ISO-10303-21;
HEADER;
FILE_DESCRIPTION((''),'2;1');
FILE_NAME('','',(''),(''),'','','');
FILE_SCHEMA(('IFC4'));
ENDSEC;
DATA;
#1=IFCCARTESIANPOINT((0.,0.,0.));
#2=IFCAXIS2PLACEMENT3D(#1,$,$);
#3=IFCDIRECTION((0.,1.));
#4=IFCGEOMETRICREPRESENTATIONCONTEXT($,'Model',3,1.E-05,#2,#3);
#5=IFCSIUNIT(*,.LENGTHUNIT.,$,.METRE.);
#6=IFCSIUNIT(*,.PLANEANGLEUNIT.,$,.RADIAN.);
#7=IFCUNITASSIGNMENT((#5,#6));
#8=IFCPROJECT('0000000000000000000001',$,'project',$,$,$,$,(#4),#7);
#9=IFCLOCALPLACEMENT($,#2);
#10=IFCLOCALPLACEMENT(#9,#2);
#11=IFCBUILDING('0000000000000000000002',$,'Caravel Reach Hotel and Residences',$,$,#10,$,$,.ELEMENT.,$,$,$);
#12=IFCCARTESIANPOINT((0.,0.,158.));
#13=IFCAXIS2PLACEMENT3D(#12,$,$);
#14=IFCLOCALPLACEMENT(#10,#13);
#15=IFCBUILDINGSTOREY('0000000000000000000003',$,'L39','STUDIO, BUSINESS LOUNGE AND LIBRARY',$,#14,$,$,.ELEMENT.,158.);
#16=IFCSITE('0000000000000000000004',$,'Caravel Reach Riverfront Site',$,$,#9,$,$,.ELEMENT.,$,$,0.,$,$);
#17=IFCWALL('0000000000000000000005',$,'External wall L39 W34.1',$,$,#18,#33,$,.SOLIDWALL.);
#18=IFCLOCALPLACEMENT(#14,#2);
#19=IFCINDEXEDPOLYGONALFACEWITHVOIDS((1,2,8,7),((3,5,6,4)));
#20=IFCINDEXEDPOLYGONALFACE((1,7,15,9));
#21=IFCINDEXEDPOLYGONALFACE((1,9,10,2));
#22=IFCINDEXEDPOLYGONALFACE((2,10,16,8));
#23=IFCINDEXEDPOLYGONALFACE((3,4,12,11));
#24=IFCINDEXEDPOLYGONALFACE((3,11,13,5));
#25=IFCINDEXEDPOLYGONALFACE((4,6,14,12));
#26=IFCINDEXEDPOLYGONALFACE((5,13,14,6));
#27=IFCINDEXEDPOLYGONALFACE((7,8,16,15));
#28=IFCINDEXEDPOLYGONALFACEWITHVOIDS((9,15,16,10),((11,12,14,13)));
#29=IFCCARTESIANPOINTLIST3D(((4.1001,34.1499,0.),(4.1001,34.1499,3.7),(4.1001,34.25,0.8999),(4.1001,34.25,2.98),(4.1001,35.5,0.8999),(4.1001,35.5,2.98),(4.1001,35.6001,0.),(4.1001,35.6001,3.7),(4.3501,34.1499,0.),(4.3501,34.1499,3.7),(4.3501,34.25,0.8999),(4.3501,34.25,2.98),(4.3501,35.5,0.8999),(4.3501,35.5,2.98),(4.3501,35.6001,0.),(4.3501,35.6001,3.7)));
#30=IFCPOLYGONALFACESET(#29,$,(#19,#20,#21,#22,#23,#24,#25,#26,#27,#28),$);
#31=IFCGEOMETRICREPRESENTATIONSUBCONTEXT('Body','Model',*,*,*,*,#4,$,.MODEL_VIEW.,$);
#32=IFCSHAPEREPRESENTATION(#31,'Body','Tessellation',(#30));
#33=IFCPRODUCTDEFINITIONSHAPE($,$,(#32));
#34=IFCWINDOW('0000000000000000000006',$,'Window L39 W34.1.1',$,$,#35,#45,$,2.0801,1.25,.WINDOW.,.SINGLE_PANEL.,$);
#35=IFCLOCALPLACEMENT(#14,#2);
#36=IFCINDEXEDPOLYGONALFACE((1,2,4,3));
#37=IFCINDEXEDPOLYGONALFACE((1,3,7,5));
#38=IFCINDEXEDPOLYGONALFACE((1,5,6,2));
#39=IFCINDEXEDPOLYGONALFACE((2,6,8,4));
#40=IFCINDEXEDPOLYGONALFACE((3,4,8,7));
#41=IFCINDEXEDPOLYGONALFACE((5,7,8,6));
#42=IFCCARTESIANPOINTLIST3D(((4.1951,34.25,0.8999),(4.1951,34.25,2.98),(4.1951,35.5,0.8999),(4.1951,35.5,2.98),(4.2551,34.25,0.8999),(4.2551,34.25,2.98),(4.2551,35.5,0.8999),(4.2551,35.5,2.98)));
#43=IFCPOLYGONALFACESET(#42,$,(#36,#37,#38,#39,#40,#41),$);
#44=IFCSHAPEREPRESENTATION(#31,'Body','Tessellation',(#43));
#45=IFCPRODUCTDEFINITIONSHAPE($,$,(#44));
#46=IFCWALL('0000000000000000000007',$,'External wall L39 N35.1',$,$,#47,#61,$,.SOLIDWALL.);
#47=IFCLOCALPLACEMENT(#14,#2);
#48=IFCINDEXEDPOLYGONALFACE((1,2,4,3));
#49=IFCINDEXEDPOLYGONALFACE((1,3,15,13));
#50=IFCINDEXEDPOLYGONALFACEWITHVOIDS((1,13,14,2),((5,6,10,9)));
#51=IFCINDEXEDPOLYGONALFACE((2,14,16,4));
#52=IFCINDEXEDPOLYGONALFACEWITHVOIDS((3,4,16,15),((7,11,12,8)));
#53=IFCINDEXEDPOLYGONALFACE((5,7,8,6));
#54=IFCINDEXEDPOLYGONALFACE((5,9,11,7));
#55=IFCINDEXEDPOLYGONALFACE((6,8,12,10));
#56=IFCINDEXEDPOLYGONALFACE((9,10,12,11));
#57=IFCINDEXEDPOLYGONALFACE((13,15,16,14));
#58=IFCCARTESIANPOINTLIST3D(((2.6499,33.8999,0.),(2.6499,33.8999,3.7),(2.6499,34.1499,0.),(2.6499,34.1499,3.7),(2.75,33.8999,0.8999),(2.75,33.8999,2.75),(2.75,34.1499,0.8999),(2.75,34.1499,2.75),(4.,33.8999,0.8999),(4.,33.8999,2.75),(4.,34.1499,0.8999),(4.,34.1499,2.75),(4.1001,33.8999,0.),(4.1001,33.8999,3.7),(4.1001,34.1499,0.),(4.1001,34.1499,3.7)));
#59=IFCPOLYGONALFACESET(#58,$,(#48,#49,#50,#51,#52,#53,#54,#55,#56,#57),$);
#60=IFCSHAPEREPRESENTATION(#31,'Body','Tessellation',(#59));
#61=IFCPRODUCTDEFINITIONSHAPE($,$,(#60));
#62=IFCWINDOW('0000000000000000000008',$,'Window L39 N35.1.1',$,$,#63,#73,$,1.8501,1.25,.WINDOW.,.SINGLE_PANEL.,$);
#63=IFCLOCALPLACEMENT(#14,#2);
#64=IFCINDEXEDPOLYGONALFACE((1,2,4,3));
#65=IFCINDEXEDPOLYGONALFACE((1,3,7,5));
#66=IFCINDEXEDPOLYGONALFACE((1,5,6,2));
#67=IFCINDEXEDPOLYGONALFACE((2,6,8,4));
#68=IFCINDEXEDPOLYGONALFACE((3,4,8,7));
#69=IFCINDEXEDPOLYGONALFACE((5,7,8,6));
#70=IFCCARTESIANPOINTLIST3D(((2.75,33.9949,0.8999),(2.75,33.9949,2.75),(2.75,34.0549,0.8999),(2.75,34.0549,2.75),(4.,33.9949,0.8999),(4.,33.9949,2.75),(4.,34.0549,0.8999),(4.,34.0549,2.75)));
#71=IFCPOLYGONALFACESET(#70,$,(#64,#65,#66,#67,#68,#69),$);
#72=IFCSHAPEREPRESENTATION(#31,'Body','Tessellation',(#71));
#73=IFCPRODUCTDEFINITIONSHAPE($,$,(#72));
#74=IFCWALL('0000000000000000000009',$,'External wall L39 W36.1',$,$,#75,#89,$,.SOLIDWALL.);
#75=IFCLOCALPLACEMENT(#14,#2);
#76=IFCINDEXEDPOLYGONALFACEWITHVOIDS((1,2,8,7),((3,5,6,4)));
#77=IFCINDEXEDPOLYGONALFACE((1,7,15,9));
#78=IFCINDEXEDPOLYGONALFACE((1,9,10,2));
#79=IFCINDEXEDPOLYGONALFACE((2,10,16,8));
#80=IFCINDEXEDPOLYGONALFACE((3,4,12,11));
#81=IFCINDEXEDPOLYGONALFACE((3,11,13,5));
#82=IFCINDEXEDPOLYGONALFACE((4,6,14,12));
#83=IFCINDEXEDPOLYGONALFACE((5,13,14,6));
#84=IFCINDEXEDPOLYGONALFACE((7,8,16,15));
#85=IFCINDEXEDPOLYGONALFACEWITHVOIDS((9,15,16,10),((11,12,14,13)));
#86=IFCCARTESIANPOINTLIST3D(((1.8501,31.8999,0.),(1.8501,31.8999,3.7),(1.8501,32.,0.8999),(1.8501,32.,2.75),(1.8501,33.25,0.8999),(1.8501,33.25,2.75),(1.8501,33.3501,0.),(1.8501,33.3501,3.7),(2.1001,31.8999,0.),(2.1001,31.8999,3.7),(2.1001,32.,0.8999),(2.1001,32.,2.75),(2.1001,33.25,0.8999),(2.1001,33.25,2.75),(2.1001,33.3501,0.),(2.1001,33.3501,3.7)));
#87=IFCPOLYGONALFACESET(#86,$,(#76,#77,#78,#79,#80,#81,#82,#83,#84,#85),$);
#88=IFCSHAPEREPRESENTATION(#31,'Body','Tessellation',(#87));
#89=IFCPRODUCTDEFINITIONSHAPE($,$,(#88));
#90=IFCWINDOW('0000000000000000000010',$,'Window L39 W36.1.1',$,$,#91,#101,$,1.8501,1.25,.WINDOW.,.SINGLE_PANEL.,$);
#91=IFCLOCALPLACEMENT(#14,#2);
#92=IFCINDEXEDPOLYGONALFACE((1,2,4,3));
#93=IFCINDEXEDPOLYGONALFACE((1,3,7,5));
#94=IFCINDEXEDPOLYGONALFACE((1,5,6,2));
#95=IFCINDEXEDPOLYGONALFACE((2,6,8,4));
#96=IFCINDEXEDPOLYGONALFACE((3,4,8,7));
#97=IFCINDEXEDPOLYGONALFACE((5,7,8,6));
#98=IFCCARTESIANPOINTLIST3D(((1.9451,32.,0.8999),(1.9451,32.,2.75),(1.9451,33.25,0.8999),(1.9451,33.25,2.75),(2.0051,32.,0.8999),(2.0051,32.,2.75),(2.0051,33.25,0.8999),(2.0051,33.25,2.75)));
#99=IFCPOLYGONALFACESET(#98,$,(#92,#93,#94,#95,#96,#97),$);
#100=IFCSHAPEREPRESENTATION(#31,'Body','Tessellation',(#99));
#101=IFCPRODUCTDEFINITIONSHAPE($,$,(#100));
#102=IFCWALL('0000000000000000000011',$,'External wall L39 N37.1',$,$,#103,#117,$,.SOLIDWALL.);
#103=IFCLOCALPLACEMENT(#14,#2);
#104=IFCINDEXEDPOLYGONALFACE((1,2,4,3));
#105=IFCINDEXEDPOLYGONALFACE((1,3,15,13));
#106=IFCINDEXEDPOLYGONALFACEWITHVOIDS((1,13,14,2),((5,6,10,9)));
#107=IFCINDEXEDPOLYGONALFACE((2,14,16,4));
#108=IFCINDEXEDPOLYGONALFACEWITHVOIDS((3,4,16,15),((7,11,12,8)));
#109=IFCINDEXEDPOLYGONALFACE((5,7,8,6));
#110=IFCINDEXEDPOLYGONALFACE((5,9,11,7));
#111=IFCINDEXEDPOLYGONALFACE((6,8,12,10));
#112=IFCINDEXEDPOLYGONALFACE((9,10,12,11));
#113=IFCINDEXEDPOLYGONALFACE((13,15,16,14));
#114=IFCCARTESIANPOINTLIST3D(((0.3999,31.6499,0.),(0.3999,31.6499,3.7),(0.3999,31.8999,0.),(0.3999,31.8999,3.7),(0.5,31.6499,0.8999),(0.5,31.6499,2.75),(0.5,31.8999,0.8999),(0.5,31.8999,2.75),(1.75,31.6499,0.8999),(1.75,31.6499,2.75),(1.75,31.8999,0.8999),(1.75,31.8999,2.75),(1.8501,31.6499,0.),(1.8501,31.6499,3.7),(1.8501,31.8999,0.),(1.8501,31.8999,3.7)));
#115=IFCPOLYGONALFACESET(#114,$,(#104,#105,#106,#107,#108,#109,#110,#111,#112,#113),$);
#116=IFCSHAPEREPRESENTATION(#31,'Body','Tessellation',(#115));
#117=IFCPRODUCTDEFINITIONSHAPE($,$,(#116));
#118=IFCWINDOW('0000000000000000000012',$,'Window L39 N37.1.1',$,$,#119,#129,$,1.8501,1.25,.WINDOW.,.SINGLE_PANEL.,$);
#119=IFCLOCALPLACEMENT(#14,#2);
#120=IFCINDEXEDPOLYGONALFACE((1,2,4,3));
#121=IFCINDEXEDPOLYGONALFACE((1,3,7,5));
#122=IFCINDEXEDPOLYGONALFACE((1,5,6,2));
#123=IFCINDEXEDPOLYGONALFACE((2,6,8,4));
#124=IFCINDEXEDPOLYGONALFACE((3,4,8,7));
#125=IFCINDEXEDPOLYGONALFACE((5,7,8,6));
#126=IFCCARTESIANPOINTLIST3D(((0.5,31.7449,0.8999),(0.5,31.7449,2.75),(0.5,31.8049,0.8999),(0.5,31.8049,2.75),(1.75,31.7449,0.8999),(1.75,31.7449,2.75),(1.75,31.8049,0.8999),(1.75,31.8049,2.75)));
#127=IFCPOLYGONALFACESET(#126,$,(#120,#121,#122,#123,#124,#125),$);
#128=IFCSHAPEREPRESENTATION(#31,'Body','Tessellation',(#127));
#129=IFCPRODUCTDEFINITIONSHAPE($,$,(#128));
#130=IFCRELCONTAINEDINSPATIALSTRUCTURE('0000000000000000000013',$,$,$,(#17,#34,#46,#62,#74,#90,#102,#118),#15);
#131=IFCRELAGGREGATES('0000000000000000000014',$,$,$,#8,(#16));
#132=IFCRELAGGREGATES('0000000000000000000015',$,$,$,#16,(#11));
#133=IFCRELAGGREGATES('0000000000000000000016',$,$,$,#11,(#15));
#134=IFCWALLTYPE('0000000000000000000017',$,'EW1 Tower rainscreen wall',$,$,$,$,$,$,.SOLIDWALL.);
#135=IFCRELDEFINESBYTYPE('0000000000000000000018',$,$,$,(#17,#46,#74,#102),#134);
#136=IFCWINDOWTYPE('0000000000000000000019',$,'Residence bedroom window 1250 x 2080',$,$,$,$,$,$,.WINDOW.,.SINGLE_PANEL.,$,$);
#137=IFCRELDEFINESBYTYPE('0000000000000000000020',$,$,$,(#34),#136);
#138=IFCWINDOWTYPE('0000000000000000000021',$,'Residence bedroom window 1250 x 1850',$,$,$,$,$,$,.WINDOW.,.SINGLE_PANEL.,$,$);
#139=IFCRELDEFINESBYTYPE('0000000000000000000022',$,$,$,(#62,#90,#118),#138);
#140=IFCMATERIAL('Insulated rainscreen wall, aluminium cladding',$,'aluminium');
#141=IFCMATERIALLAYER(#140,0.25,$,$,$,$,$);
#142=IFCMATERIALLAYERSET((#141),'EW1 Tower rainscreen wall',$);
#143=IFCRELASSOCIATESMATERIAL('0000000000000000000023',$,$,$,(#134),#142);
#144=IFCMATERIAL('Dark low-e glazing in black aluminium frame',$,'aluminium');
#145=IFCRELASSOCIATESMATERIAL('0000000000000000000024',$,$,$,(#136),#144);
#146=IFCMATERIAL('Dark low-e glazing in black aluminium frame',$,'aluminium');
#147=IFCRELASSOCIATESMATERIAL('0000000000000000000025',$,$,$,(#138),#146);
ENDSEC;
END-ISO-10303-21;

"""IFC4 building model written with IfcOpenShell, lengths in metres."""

from ifc_helpers import new_model, si_unit, direction, frame, frame_2d, origin, place, context, subcontext, project, spatial, rectangle, extrude, material, layer, layer_set, type_object, element, fill, save


model = new_model("IFC4")

# Units and contexts
model_context = context("Model", 3, precision=1e-05, world=origin(), true_north=direction((0.0, 1.0)))
body_context = subcontext(model_context, "Body", "Model", "MODEL_VIEW")
ifc_project = project(units=[si_unit("LENGTHUNIT", "METRE"), si_unit("PLANEANGLEUNIT", "RADIAN")], contexts=[model_context])

# Site, building, storey
site_placement = place(None, origin())
site = spatial("IfcSite", under=ifc_project, at=site_placement, Name="Caravel Reach Riverfront Site", CompositionType="ELEMENT", RefElevation=0.0)
building_placement = place(site_placement, origin())
building = spatial("IfcBuilding", under=site, at=building_placement, Name="Caravel Reach Hotel and Residences", CompositionType="ELEMENT")
storey_placement = place(building_placement, frame((0.0, 0.0, 158.0)))
storey = spatial("IfcBuildingStorey", under=building, at=storey_placement, Name="L39", Description="STUDIO, BUSINESS LOUNGE AND LIBRARY", CompositionType="ELEMENT", Elevation=158.0)

# Walls, openings, windows
ifc_material_1 = material(Name="Insulated rainscreen wall, aluminium cladding", Category="aluminium")
ifc_layer_1 = layer(ifc_material_1, 0.25)
ifc_layer_set_1 = layer_set([ifc_layer_1], Name="EW1 Tower rainscreen wall")
wall_type_1 = type_object("IfcWallType", Name="EW1 Tower rainscreen wall", PredefinedType="SOLIDWALL", material=ifc_layer_set_1)
wall_1_placement = place(storey_placement, frame((4.2251, 35.6001, 0.0), z_axis=(0.0, 0.0, 1.0), x_axis=(0.0, -1.0, 0.0)))
wall_1 = element("IfcWall", 1, at=wall_1_placement, inside=storey, type_object=wall_type_1, Name="External wall L39 W34.1", PredefinedType="SOLIDWALL", context=body_context, shape_type="SweptSolid", body=[
    extrude(rectangle(XDim=1.4502, YDim=0.25, at=frame_2d((0.7251, 0.0))), origin(), (0.0, 0.0, 1.0), 3.7),
])
opening_1_placement = place(wall_1_placement, frame((0.1001, 0.0, 0.8999)))
opening_1 = element("IfcOpeningElement", 2, at=opening_1_placement, cuts=wall_1, PredefinedType="OPENING", context=body_context, shape_type="SweptSolid", body=[
    extrude(rectangle(XDim=1.25, YDim=2.0801, at=frame_2d((0.625, 1.04))), frame((0.0, 0.135, 0.0), z_axis=(0.0, -1.0, 0.0), x_axis=(1.0, 0.0, 0.0)), (0.0, 0.0, 1.0), 0.27),
])
ifc_material_2 = material(Name="Dark low-e glazing in black aluminium frame", Category="aluminium")
window_type_1 = type_object("IfcWindowType", Name="Residence bedroom window 1250 x 2080", PartitioningType="SINGLE_PANEL", PredefinedType="WINDOW", material=ifc_material_2)
window_1_placement = place(opening_1_placement, origin())
window_1 = element("IfcWindow", 3, at=window_1_placement, inside=storey, type_object=window_type_1, Name="Window L39 W34.1.1", OverallHeight=2.0801, OverallWidth=1.25, PartitioningType="SINGLE_PANEL", PredefinedType="WINDOW", context=body_context, shape_type="SweptSolid", body=[
    extrude(rectangle(XDim=1.25, YDim=2.0801, at=frame_2d((0.625, 1.04))), frame((0.0, 0.03, 0.0), z_axis=(0.0, -1.0, 0.0), x_axis=(1.0, 0.0, 0.0)), (0.0, 0.0, 1.0), 0.0601),
])
fill(opening_1, window_1)
wall_2_placement = place(storey_placement, frame((4.1001, 34.0249, 0.0), z_axis=(0.0, 0.0, 1.0), x_axis=(-1.0, 0.0, 0.0)))
wall_2 = element("IfcWall", 4, at=wall_2_placement, inside=storey, type_object=wall_type_1, Name="External wall L39 N35.1", PredefinedType="SOLIDWALL", context=body_context, shape_type="SweptSolid", body=[
    extrude(rectangle(XDim=1.4502, YDim=0.25, at=frame_2d((0.7251, 0.0))), origin(), (0.0, 0.0, 1.0), 3.7),
])
opening_2_placement = place(wall_2_placement, frame((0.1001, 0.0, 0.8999)))
opening_2 = element("IfcOpeningElement", 5, at=opening_2_placement, cuts=wall_2, PredefinedType="OPENING", context=body_context, shape_type="SweptSolid", body=[
    extrude(rectangle(XDim=1.25, YDim=1.8501, at=frame_2d((0.625, 0.925))), frame((0.0, 0.135, 0.0), z_axis=(0.0, -1.0, 0.0), x_axis=(1.0, 0.0, 0.0)), (0.0, 0.0, 1.0), 0.27),
])
ifc_material_3 = material(Name="Dark low-e glazing in black aluminium frame", Category="aluminium")
window_type_2 = type_object("IfcWindowType", Name="Residence bedroom window 1250 x 1850", PartitioningType="SINGLE_PANEL", PredefinedType="WINDOW", material=ifc_material_3)
window_2_placement = place(opening_2_placement, origin())
window_2 = element("IfcWindow", 6, at=window_2_placement, inside=storey, type_object=window_type_2, Name="Window L39 N35.1.1", OverallHeight=1.8501, OverallWidth=1.25, PartitioningType="SINGLE_PANEL", PredefinedType="WINDOW", context=body_context, shape_type="SweptSolid", body=[
    extrude(rectangle(XDim=1.25, YDim=1.8501, at=frame_2d((0.625, 0.925))), frame((0.0, 0.03, 0.0), z_axis=(0.0, -1.0, 0.0), x_axis=(1.0, 0.0, 0.0)), (0.0, 0.0, 1.0), 0.0601),
])
fill(opening_2, window_2)
wall_3_placement = place(storey_placement, frame((1.9751, 33.3501, 0.0), z_axis=(0.0, 0.0, 1.0), x_axis=(0.0, -1.0, 0.0)))
wall_3 = element("IfcWall", 7, at=wall_3_placement, inside=storey, type_object=wall_type_1, Name="External wall L39 W36.1", PredefinedType="SOLIDWALL", context=body_context, shape_type="SweptSolid", body=[
    extrude(rectangle(XDim=1.4502, YDim=0.25, at=frame_2d((0.7251, 0.0))), origin(), (0.0, 0.0, 1.0), 3.7),
])
opening_3_placement = place(wall_3_placement, frame((0.1001, 0.0, 0.8999)))
opening_3 = element("IfcOpeningElement", 8, at=opening_3_placement, cuts=wall_3, PredefinedType="OPENING", context=body_context, shape_type="SweptSolid", body=[
    extrude(rectangle(XDim=1.25, YDim=1.8501, at=frame_2d((0.625, 0.925))), frame((0.0, 0.135, 0.0), z_axis=(0.0, -1.0, 0.0), x_axis=(1.0, 0.0, 0.0)), (0.0, 0.0, 1.0), 0.27),
])
window_3_placement = place(opening_3_placement, origin())
window_3 = element("IfcWindow", 9, at=window_3_placement, inside=storey, type_object=window_type_2, Name="Window L39 W36.1.1", OverallHeight=1.8501, OverallWidth=1.25, PartitioningType="SINGLE_PANEL", PredefinedType="WINDOW", context=body_context, shape_type="SweptSolid", body=[
    extrude(rectangle(XDim=1.25, YDim=1.8501, at=frame_2d((0.625, 0.925))), frame((0.0, 0.03, 0.0), z_axis=(0.0, -1.0, 0.0), x_axis=(1.0, 0.0, 0.0)), (0.0, 0.0, 1.0), 0.0601),
])
fill(opening_3, window_3)
wall_4_placement = place(storey_placement, frame((1.8501, 31.7749, 0.0), z_axis=(0.0, 0.0, 1.0), x_axis=(-1.0, 0.0, 0.0)))
wall_4 = element("IfcWall", 10, at=wall_4_placement, inside=storey, type_object=wall_type_1, Name="External wall L39 N37.1", PredefinedType="SOLIDWALL", context=body_context, shape_type="SweptSolid", body=[
    extrude(rectangle(XDim=1.4502, YDim=0.25, at=frame_2d((0.7251, 0.0))), origin(), (0.0, 0.0, 1.0), 3.7),
])
opening_4_placement = place(wall_4_placement, frame((0.1001, 0.0, 0.8999)))
opening_4 = element("IfcOpeningElement", 11, at=opening_4_placement, cuts=wall_4, PredefinedType="OPENING", context=body_context, shape_type="SweptSolid", body=[
    extrude(rectangle(XDim=1.25, YDim=1.8501, at=frame_2d((0.625, 0.925))), frame((0.0, 0.135, 0.0), z_axis=(0.0, -1.0, 0.0), x_axis=(1.0, 0.0, 0.0)), (0.0, 0.0, 1.0), 0.27),
])
window_4_placement = place(opening_4_placement, origin())
window_4 = element("IfcWindow", 12, at=window_4_placement, inside=storey, type_object=window_type_2, Name="Window L39 N37.1.1", OverallHeight=1.8501, OverallWidth=1.25, PartitioningType="SINGLE_PANEL", PredefinedType="WINDOW", context=body_context, shape_type="SweptSolid", body=[
    extrude(rectangle(XDim=1.25, YDim=1.8501, at=frame_2d((0.625, 0.925))), frame((0.0, 0.03, 0.0), z_axis=(0.0, -1.0, 0.0), x_axis=(1.0, 0.0, 0.0)), (0.0, 0.0, 1.0), 0.0601),
])
fill(opening_4, window_4)

save(model, "model.ifc")
